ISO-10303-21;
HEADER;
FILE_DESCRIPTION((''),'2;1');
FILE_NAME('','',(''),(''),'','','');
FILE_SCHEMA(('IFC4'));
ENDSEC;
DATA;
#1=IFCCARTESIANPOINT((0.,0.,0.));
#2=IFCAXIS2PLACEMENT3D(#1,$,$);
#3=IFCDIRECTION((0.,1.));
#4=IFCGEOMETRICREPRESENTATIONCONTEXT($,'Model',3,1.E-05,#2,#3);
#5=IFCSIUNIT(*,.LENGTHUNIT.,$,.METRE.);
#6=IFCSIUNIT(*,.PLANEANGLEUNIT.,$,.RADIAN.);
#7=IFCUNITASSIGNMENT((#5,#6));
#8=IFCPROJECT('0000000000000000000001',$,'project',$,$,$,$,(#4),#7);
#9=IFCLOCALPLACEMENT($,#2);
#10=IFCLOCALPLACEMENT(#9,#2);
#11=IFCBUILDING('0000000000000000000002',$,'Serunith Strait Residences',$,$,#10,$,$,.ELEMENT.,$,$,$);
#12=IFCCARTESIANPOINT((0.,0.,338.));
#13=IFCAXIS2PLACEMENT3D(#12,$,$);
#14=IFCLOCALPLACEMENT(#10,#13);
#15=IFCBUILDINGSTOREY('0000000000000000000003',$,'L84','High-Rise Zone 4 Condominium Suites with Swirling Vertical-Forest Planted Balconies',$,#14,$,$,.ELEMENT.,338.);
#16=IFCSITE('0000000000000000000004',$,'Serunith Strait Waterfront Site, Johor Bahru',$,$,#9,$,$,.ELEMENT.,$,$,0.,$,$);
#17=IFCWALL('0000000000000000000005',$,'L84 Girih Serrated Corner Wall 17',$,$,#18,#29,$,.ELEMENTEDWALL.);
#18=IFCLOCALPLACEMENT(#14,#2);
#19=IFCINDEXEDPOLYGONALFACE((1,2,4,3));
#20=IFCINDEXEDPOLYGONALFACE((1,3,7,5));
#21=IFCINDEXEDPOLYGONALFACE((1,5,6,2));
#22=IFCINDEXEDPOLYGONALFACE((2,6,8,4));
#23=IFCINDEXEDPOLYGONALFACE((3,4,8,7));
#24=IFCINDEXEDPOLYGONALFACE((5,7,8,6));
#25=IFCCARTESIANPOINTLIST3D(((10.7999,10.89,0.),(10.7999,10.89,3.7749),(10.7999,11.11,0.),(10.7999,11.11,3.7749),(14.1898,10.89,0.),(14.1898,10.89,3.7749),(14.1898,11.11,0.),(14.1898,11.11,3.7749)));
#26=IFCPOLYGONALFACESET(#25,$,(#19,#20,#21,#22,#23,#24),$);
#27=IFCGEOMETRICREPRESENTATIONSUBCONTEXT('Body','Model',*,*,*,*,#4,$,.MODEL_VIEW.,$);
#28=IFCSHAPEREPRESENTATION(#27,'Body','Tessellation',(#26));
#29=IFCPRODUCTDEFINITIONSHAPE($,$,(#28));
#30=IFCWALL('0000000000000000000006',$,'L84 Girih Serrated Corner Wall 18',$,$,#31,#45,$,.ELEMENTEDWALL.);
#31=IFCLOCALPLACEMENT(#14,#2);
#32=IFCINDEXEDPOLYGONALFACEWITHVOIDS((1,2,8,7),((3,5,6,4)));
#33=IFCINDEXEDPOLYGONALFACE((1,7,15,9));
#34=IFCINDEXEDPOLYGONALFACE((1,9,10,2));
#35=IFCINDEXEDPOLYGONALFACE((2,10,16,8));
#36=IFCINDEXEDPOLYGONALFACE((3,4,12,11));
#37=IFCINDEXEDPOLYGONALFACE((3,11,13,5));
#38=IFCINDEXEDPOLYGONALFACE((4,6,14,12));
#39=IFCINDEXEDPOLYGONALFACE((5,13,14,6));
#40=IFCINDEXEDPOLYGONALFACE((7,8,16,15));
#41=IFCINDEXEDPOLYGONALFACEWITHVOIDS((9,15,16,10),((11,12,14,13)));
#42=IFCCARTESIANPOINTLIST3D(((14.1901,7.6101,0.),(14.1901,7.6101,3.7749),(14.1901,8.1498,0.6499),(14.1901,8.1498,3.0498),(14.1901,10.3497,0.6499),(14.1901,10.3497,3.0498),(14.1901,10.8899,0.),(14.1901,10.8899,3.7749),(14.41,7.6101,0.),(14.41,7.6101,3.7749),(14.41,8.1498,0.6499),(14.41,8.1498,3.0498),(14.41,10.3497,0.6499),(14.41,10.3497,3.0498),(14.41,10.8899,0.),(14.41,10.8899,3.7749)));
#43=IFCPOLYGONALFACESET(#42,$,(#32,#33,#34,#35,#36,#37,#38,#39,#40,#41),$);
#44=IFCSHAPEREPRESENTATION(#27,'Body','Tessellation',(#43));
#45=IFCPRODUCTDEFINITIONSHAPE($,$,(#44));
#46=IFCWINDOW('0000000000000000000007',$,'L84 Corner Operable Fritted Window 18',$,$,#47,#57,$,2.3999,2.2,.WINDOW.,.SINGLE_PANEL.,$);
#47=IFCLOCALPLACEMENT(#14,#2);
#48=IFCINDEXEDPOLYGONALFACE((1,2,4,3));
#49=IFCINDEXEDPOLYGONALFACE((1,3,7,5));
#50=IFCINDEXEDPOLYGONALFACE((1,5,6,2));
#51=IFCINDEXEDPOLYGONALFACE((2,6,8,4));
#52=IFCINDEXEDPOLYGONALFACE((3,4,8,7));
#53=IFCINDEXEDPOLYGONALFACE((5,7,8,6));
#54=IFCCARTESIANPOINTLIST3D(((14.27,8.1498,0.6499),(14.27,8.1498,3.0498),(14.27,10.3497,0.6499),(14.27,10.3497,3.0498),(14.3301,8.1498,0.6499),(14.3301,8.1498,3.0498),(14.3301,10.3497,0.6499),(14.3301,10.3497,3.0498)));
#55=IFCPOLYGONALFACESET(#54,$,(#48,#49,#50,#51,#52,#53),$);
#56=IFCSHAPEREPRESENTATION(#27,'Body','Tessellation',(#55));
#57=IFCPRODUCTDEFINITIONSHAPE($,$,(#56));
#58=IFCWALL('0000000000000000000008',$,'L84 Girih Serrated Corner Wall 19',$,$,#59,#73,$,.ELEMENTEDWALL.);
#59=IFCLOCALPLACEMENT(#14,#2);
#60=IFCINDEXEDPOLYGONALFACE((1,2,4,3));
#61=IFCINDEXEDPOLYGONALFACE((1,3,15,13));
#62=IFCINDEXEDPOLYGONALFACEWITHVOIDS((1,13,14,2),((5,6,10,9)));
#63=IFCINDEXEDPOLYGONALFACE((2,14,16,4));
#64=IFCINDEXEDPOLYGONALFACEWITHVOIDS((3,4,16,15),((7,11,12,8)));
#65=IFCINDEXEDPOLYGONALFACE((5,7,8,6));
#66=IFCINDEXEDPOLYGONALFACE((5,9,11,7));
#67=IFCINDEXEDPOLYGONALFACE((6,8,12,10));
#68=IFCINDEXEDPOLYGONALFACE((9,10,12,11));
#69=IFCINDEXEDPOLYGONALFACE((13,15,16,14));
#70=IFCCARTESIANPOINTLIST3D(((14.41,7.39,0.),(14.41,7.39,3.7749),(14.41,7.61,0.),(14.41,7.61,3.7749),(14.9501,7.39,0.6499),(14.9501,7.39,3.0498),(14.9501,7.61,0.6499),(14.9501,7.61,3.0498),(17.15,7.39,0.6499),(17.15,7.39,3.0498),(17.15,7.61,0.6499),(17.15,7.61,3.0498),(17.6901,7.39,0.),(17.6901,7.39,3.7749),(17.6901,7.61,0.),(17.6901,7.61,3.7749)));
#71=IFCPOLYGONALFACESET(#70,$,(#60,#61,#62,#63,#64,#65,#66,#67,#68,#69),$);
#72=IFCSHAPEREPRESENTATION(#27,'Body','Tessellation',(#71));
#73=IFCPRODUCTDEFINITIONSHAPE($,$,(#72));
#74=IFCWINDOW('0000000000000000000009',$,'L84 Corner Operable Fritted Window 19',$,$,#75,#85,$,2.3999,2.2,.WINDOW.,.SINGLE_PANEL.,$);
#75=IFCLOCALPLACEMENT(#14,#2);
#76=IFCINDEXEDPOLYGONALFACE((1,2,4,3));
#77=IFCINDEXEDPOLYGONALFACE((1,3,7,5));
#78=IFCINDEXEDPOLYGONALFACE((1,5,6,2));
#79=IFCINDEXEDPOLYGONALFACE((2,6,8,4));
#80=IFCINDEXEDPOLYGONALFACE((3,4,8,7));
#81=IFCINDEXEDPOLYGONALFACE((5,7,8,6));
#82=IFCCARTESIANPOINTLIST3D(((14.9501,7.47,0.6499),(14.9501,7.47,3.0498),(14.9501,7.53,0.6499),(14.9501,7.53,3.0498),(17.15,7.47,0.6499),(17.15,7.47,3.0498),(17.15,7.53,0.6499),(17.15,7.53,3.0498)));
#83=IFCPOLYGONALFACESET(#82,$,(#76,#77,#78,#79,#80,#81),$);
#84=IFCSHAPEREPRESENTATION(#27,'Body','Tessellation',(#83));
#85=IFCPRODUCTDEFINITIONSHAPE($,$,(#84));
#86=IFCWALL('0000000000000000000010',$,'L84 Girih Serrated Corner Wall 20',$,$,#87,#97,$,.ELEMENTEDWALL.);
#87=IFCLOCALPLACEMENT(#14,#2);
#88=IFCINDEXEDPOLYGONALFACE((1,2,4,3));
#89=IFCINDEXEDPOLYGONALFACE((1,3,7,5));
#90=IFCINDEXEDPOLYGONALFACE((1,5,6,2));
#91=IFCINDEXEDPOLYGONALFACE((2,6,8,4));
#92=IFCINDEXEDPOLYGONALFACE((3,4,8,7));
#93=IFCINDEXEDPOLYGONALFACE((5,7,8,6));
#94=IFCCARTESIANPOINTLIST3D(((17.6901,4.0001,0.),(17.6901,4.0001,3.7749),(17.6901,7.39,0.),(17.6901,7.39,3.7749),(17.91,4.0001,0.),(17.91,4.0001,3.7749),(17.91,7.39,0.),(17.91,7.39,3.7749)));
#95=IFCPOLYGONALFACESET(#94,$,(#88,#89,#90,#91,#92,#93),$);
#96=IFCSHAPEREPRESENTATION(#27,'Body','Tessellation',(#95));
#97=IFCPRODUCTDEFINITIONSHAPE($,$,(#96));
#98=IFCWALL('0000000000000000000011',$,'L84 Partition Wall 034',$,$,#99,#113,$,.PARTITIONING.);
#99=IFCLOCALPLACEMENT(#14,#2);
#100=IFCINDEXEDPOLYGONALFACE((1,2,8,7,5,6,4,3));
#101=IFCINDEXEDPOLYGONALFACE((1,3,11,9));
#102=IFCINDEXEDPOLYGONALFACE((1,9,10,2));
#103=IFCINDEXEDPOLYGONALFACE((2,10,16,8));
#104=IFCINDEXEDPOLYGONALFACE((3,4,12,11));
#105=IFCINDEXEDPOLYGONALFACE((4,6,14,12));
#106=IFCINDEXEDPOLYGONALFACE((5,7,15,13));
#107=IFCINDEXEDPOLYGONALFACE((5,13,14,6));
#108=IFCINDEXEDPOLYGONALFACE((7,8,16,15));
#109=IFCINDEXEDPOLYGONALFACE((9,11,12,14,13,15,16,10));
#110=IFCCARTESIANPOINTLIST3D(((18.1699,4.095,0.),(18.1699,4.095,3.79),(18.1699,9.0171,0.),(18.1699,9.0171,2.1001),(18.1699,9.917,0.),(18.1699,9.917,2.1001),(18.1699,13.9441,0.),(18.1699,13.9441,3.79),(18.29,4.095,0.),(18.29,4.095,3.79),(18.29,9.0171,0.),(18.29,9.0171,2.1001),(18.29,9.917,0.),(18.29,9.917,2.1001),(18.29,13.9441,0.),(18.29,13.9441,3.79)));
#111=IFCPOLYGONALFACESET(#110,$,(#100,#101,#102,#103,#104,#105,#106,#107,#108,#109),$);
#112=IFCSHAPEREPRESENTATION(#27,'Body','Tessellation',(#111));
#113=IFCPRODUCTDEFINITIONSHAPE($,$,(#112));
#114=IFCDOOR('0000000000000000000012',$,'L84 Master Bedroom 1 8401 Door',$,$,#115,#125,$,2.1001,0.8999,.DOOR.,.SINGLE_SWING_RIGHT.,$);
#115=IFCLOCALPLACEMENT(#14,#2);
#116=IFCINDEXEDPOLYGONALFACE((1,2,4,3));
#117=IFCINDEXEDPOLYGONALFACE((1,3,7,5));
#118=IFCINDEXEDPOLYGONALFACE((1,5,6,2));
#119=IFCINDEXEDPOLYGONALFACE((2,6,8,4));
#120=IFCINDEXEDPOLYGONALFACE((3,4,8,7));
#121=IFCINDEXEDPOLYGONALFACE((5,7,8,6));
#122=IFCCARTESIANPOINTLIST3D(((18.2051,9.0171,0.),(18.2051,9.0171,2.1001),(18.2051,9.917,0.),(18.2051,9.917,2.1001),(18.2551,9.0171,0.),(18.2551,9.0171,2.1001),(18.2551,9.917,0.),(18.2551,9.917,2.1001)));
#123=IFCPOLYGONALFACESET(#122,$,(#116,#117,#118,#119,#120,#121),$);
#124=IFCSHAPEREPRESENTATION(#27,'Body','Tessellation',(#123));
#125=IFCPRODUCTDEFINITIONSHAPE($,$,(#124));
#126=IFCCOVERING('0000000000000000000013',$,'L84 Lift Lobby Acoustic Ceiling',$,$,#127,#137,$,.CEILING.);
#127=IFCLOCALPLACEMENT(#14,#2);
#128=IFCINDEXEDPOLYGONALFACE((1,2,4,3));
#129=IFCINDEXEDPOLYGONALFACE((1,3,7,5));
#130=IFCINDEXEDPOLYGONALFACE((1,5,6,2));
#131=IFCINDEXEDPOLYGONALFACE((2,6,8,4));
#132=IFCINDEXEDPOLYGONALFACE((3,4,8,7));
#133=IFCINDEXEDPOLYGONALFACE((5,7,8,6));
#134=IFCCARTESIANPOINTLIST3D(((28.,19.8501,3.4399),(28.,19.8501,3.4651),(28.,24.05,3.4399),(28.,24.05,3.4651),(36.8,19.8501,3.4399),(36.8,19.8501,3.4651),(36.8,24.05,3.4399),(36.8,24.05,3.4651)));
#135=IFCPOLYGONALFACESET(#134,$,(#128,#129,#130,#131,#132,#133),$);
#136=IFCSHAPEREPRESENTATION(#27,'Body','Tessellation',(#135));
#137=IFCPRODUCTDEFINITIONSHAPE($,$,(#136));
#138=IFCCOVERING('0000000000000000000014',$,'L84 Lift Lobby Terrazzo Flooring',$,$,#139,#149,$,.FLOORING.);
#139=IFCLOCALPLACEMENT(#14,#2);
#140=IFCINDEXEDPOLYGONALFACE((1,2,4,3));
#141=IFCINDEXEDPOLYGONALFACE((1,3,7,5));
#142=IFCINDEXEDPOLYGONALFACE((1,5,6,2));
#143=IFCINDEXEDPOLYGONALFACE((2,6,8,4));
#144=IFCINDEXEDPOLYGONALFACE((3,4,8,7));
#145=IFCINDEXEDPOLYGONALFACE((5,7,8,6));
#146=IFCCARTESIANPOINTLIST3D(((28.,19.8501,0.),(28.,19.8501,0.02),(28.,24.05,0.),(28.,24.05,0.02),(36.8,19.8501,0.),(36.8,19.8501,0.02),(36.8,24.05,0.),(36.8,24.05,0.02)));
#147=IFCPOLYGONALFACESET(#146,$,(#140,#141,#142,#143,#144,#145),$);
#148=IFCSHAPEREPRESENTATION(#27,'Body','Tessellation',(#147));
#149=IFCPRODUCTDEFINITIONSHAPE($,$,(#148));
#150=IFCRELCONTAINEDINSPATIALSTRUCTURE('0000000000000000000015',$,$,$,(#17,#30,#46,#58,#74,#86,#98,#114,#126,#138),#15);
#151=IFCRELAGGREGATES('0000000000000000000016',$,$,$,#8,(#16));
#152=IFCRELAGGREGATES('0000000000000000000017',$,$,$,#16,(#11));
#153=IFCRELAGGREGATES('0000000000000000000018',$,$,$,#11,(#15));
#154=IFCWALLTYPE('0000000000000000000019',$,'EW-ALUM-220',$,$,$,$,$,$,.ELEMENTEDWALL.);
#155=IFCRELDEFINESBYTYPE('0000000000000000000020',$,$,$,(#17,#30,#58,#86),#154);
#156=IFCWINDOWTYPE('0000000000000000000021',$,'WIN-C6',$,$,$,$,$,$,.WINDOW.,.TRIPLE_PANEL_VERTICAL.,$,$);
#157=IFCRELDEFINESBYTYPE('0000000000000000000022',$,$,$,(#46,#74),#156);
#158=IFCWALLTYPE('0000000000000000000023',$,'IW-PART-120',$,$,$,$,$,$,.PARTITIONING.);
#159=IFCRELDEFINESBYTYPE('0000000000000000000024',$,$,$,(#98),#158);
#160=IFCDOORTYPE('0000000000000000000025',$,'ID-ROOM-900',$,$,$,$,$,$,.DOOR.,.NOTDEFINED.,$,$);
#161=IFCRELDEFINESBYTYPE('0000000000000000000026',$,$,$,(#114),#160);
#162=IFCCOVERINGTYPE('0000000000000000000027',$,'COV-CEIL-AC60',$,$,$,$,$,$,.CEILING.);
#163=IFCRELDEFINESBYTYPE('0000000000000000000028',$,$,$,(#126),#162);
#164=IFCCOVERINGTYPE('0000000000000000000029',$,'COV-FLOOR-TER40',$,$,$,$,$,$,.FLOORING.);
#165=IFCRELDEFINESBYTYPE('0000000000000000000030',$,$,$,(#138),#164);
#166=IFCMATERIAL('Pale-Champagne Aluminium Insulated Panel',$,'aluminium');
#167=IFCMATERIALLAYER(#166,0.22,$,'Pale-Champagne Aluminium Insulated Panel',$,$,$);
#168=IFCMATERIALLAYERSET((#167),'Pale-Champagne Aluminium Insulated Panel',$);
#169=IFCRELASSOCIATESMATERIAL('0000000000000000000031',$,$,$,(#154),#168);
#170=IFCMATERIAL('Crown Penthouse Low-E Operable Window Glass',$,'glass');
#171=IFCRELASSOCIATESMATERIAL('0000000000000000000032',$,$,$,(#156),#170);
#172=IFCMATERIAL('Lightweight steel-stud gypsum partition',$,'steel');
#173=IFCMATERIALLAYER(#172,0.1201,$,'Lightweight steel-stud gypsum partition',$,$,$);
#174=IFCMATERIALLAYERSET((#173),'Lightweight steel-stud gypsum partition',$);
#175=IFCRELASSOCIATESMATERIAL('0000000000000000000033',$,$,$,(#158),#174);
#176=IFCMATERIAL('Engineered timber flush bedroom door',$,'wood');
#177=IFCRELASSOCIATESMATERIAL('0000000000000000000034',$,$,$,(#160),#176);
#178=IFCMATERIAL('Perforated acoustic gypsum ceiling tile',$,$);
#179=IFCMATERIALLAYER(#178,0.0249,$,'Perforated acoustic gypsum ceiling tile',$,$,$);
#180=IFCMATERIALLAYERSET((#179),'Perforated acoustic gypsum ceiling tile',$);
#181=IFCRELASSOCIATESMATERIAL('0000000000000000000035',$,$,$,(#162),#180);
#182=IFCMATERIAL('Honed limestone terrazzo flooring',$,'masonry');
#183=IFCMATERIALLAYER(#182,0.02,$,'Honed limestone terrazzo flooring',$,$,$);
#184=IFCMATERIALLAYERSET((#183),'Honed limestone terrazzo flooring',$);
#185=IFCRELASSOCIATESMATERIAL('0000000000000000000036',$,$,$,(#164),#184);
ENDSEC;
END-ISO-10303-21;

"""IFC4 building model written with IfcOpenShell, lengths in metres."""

from ifc_helpers import new_model, si_unit, direction, frame, frame_2d, origin, place, context, subcontext, project, spatial, polyline, rectangle, outline, extrude, source, transform, mapped, material, layer, layer_set, type_object, element, fill, save


model = new_model("IFC4")

# Units and contexts
model_context = context("Model", 3, precision=1e-05, world=origin(), true_north=direction((0.0, 1.0)))
body_context = subcontext(model_context, "Body", "Model", "MODEL_VIEW")
ifc_project = project(units=[si_unit("LENGTHUNIT", "METRE"), si_unit("PLANEANGLEUNIT", "RADIAN")], contexts=[model_context])

# Site, building, storey
site_placement = place(None, origin())
site = spatial("IfcSite", under=ifc_project, at=site_placement, Name="Serunith Strait Waterfront Site, Johor Bahru", CompositionType="ELEMENT", RefElevation=0.0)
building_placement = place(site_placement, origin())
building = spatial("IfcBuilding", under=site, at=building_placement, Name="Serunith Strait Residences", CompositionType="ELEMENT")
storey_placement = place(building_placement, frame((0.0, 0.0, 338.0)))
storey = spatial("IfcBuildingStorey", under=building, at=storey_placement, Name="L84", Description="High-Rise Zone 4 Condominium Suites with Swirling Vertical-Forest Planted Balconies", CompositionType="ELEMENT", Elevation=338.0)

# Wall
ifc_material_1 = material(Name="Pale-Champagne Aluminium Insulated Panel", Category="aluminium")
ifc_layer_1 = layer(ifc_material_1, 0.22, Name="Pale-Champagne Aluminium Insulated Panel")
ifc_layer_set_1 = layer_set([ifc_layer_1], Name="Pale-Champagne Aluminium Insulated Panel")
wall_type_1 = type_object("IfcWallType", Name="EW-ALUM-220", PredefinedType="ELEMENTEDWALL", material=ifc_layer_set_1)
wall_1_placement = place(storey_placement, frame((10.8, 11.0, 0.0), z_axis=(0.0, 0.0, 1.0), x_axis=(1.0, 0.0, 0.0)))
element("IfcWall", 1, at=wall_1_placement, inside=storey, type_object=wall_type_1, Name="L84 Girih Serrated Corner Wall 17", PredefinedType="ELEMENTEDWALL", context=body_context, shape_type="SweptSolid", body=[
    extrude(rectangle(XDim=3.3899, YDim=0.22, at=frame_2d((1.6948, 0.0))), origin(), (0.0, 0.0, 1.0), 3.7749),
])

# Walls, openings, windows
wall_2_placement = place(storey_placement, frame((14.3, 10.8899, 0.0), z_axis=(0.0, 0.0, 1.0), x_axis=(0.0, -1.0, 0.0)))
wall_2 = element("IfcWall", 2, at=wall_2_placement, inside=storey, type_object=wall_type_1, Name="L84 Girih Serrated Corner Wall 18", PredefinedType="ELEMENTEDWALL", context=body_context, shape_type="SweptSolid", body=[
    extrude(rectangle(XDim=3.2798, YDim=0.22, at=frame_2d((1.6399, 0.0))), origin(), (0.0, 0.0, 1.0), 3.7749),
])
opening_1_placement = place(wall_2_placement, frame((0.54, 0.0, 0.6499)))
opening_1 = element("IfcOpeningElement", 3, at=opening_1_placement, cuts=wall_2, PredefinedType="OPENING", context=body_context, shape_type="SweptSolid", body=[
    extrude(rectangle(XDim=2.2, YDim=2.3999, at=frame_2d((1.1001, 1.2))), frame((0.0, 0.1201, 0.0), z_axis=(0.0, -1.0, 0.0), x_axis=(1.0, 0.0, 0.0)), (0.0, 0.0, 1.0), 0.24),
])
ifc_material_2 = material(Name="Crown Penthouse Low-E Operable Window Glass", Category="glass")
window_type = type_object("IfcWindowType", Name="WIN-C6", PartitioningType="TRIPLE_PANEL_VERTICAL", PredefinedType="WINDOW", material=ifc_material_2)
shared_shape_1 = source(origin(), body_context, "Body", "SweptSolid", [
    extrude(rectangle(XDim=2.2, YDim=2.3999, at=frame_2d((1.1001, 1.2))), frame((0.0, 0.03, 0.0), z_axis=(0.0, -1.0, 0.0), x_axis=(1.0, 0.0, 0.0)), (0.0, 0.0, 1.0), 0.0601),
])
window_1_placement = place(opening_1_placement, origin())
window_1 = element("IfcWindow", 4, at=window_1_placement, inside=storey, type_object=window_type, Name="L84 Corner Operable Fritted Window 18", OverallHeight=2.3999, OverallWidth=2.2, PartitioningType="SINGLE_PANEL", PredefinedType="WINDOW", context=body_context, shape_type="MappedRepresentation", body=[
    mapped(shared_shape_1, transform((0.0, 0.0, 0.0), scale=1.0)),
])
fill(opening_1, window_1)
wall_3_placement = place(storey_placement, frame((14.4099, 7.5, 0.0), z_axis=(0.0, 0.0, 1.0), x_axis=(1.0, 0.0, 0.0)))
wall_3 = element("IfcWall", 5, at=wall_3_placement, inside=storey, type_object=wall_type_1, Name="L84 Girih Serrated Corner Wall 19", PredefinedType="ELEMENTEDWALL", context=body_context, shape_type="SweptSolid", body=[
    extrude(rectangle(XDim=3.28, YDim=0.22, at=frame_2d((1.6401, 0.0))), origin(), (0.0, 0.0, 1.0), 3.7749),
])
opening_2_placement = place(wall_3_placement, frame((0.54, 0.0, 0.6499)))
opening_2 = element("IfcOpeningElement", 6, at=opening_2_placement, cuts=wall_3, PredefinedType="OPENING", context=body_context, shape_type="SweptSolid", body=[
    extrude(rectangle(XDim=2.2, YDim=2.3999, at=frame_2d((1.1001, 1.2))), frame((0.0, 0.1201, 0.0), z_axis=(0.0, -1.0, 0.0), x_axis=(1.0, 0.0, 0.0)), (0.0, 0.0, 1.0), 0.24),
])
window_2_placement = place(opening_2_placement, origin())
window_2 = element("IfcWindow", 7, at=window_2_placement, inside=storey, type_object=window_type, Name="L84 Corner Operable Fritted Window 19", OverallHeight=2.3999, OverallWidth=2.2, PartitioningType="SINGLE_PANEL", PredefinedType="WINDOW", context=body_context, shape_type="MappedRepresentation", body=[
    mapped(shared_shape_1, transform((0.0, 0.0, 0.0), scale=1.0)),
])
fill(opening_2, window_2)

# Wall
wall_4_placement = place(storey_placement, frame((17.8, 7.3899, 0.0), z_axis=(0.0, 0.0, 1.0), x_axis=(0.0, -1.0, 0.0)))
element("IfcWall", 8, at=wall_4_placement, inside=storey, type_object=wall_type_1, Name="L84 Girih Serrated Corner Wall 20", PredefinedType="ELEMENTEDWALL", context=body_context, shape_type="SweptSolid", body=[
    extrude(rectangle(XDim=3.3899, YDim=0.22, at=frame_2d((1.6948, 0.0))), origin(), (0.0, 0.0, 1.0), 3.7749),
])

# Wall, opening, door
ifc_material_3 = material(Name="Lightweight steel-stud gypsum partition", Category="steel")
ifc_layer_2 = layer(ifc_material_3, 0.1201, Name="Lightweight steel-stud gypsum partition")
ifc_layer_set_2 = layer_set([ifc_layer_2], Name="Lightweight steel-stud gypsum partition")
wall_type_2 = type_object("IfcWallType", Name="IW-PART-120", PredefinedType="PARTITIONING", material=ifc_layer_set_2)
wall_5_placement = place(storey_placement, frame((18.23, 4.095, 0.0), z_axis=(0.0, 0.0, 1.0), x_axis=(0.0, 1.0, 0.0)))
wall_5 = element("IfcWall", 9, at=wall_5_placement, inside=storey, type_object=wall_type_2, Name="L84 Partition Wall 034", PredefinedType="PARTITIONING", context=body_context, shape_type="SweptSolid", body=[
    extrude(rectangle(XDim=9.8491, YDim=0.1201, at=frame_2d((4.9246, 0.0))), origin(), (0.0, 0.0, 1.0), 3.79),
])
opening_3_placement = place(wall_5_placement, frame((4.9221, 0.0, 0.0)))
opening_3 = element("IfcOpeningElement", 10, at=opening_3_placement, cuts=wall_5, PredefinedType="OPENING", context=body_context, shape_type="SweptSolid", body=[
    extrude(rectangle(XDim=0.8999, YDim=2.1001, at=frame_2d((0.45, 1.05))), frame((0.0, 0.0701, 0.0), z_axis=(0.0, -1.0, 0.0), x_axis=(1.0, 0.0, 0.0)), (0.0, 0.0, 1.0), 0.1401),
])
ifc_material_4 = material(Name="Engineered timber flush bedroom door", Category="wood")
door_type = type_object("IfcDoorType", Name="ID-ROOM-900", OperationType="NOTDEFINED", PredefinedType="DOOR", material=ifc_material_4)
shared_shape_2 = source(origin(), body_context, "Body", "SweptSolid", [
    extrude(rectangle(XDim=0.8999, YDim=2.1001, at=frame_2d((0.45, 1.05))), frame((0.0, 0.0249, 0.0), z_axis=(0.0, -1.0, 0.0), x_axis=(1.0, 0.0, 0.0)), (0.0, 0.0, 1.0), 0.05),
])
door_placement = place(opening_3_placement, origin())
door = element("IfcDoor", 11, at=door_placement, inside=storey, type_object=door_type, Name="L84 Master Bedroom 1 8401 Door", OperationType="SINGLE_SWING_RIGHT", OverallHeight=2.1001, OverallWidth=0.8999, PredefinedType="DOOR", context=body_context, shape_type="MappedRepresentation", body=[
    mapped(shared_shape_2, transform((0.0, 0.0, 0.0), scale=1.0)),
])
fill(opening_3, door)

# Coverings
ifc_material_5 = material(Name="Perforated acoustic gypsum ceiling tile")
ifc_layer_3 = layer(ifc_material_5, 0.0249, Name="Perforated acoustic gypsum ceiling tile")
ifc_layer_set_3 = layer_set([ifc_layer_3], Name="Perforated acoustic gypsum ceiling tile")
covering_type_1 = type_object("IfcCoveringType", Name="COV-CEIL-AC60", PredefinedType="CEILING", material=ifc_layer_set_3)
covering_1_placement = place(storey_placement, frame((0.0, 0.0, 3.4399)))
element("IfcCovering", 12, at=covering_1_placement, inside=storey, type_object=covering_type_1, Name="L84 Lift Lobby Acoustic Ceiling", PredefinedType="CEILING", context=body_context, shape_type="SweptSolid", body=[
    extrude(outline(polyline([(28.0, 19.8501), (36.8, 19.8501), (36.8, 24.05), (28.0, 24.05), (28.0, 19.8501)])), origin(), (0.0, 0.0, 1.0), 0.0251),
])
ifc_material_6 = material(Name="Honed limestone terrazzo flooring", Category="masonry")
ifc_layer_4 = layer(ifc_material_6, 0.02, Name="Honed limestone terrazzo flooring")
ifc_layer_set_4 = layer_set([ifc_layer_4], Name="Honed limestone terrazzo flooring")
covering_type_2 = type_object("IfcCoveringType", Name="COV-FLOOR-TER40", PredefinedType="FLOORING", material=ifc_layer_set_4)
covering_2_placement = place(storey_placement, origin())
element("IfcCovering", 13, at=covering_2_placement, inside=storey, type_object=covering_type_2, Name="L84 Lift Lobby Terrazzo Flooring", PredefinedType="FLOORING", context=body_context, shape_type="SweptSolid", body=[
    extrude(outline(polyline([(28.0, 19.8501), (36.8, 19.8501), (36.8, 24.05), (28.0, 24.05), (28.0, 19.8501)])), origin(), (0.0, 0.0, 1.0), 0.02),
])

save(model, "model.ifc")
